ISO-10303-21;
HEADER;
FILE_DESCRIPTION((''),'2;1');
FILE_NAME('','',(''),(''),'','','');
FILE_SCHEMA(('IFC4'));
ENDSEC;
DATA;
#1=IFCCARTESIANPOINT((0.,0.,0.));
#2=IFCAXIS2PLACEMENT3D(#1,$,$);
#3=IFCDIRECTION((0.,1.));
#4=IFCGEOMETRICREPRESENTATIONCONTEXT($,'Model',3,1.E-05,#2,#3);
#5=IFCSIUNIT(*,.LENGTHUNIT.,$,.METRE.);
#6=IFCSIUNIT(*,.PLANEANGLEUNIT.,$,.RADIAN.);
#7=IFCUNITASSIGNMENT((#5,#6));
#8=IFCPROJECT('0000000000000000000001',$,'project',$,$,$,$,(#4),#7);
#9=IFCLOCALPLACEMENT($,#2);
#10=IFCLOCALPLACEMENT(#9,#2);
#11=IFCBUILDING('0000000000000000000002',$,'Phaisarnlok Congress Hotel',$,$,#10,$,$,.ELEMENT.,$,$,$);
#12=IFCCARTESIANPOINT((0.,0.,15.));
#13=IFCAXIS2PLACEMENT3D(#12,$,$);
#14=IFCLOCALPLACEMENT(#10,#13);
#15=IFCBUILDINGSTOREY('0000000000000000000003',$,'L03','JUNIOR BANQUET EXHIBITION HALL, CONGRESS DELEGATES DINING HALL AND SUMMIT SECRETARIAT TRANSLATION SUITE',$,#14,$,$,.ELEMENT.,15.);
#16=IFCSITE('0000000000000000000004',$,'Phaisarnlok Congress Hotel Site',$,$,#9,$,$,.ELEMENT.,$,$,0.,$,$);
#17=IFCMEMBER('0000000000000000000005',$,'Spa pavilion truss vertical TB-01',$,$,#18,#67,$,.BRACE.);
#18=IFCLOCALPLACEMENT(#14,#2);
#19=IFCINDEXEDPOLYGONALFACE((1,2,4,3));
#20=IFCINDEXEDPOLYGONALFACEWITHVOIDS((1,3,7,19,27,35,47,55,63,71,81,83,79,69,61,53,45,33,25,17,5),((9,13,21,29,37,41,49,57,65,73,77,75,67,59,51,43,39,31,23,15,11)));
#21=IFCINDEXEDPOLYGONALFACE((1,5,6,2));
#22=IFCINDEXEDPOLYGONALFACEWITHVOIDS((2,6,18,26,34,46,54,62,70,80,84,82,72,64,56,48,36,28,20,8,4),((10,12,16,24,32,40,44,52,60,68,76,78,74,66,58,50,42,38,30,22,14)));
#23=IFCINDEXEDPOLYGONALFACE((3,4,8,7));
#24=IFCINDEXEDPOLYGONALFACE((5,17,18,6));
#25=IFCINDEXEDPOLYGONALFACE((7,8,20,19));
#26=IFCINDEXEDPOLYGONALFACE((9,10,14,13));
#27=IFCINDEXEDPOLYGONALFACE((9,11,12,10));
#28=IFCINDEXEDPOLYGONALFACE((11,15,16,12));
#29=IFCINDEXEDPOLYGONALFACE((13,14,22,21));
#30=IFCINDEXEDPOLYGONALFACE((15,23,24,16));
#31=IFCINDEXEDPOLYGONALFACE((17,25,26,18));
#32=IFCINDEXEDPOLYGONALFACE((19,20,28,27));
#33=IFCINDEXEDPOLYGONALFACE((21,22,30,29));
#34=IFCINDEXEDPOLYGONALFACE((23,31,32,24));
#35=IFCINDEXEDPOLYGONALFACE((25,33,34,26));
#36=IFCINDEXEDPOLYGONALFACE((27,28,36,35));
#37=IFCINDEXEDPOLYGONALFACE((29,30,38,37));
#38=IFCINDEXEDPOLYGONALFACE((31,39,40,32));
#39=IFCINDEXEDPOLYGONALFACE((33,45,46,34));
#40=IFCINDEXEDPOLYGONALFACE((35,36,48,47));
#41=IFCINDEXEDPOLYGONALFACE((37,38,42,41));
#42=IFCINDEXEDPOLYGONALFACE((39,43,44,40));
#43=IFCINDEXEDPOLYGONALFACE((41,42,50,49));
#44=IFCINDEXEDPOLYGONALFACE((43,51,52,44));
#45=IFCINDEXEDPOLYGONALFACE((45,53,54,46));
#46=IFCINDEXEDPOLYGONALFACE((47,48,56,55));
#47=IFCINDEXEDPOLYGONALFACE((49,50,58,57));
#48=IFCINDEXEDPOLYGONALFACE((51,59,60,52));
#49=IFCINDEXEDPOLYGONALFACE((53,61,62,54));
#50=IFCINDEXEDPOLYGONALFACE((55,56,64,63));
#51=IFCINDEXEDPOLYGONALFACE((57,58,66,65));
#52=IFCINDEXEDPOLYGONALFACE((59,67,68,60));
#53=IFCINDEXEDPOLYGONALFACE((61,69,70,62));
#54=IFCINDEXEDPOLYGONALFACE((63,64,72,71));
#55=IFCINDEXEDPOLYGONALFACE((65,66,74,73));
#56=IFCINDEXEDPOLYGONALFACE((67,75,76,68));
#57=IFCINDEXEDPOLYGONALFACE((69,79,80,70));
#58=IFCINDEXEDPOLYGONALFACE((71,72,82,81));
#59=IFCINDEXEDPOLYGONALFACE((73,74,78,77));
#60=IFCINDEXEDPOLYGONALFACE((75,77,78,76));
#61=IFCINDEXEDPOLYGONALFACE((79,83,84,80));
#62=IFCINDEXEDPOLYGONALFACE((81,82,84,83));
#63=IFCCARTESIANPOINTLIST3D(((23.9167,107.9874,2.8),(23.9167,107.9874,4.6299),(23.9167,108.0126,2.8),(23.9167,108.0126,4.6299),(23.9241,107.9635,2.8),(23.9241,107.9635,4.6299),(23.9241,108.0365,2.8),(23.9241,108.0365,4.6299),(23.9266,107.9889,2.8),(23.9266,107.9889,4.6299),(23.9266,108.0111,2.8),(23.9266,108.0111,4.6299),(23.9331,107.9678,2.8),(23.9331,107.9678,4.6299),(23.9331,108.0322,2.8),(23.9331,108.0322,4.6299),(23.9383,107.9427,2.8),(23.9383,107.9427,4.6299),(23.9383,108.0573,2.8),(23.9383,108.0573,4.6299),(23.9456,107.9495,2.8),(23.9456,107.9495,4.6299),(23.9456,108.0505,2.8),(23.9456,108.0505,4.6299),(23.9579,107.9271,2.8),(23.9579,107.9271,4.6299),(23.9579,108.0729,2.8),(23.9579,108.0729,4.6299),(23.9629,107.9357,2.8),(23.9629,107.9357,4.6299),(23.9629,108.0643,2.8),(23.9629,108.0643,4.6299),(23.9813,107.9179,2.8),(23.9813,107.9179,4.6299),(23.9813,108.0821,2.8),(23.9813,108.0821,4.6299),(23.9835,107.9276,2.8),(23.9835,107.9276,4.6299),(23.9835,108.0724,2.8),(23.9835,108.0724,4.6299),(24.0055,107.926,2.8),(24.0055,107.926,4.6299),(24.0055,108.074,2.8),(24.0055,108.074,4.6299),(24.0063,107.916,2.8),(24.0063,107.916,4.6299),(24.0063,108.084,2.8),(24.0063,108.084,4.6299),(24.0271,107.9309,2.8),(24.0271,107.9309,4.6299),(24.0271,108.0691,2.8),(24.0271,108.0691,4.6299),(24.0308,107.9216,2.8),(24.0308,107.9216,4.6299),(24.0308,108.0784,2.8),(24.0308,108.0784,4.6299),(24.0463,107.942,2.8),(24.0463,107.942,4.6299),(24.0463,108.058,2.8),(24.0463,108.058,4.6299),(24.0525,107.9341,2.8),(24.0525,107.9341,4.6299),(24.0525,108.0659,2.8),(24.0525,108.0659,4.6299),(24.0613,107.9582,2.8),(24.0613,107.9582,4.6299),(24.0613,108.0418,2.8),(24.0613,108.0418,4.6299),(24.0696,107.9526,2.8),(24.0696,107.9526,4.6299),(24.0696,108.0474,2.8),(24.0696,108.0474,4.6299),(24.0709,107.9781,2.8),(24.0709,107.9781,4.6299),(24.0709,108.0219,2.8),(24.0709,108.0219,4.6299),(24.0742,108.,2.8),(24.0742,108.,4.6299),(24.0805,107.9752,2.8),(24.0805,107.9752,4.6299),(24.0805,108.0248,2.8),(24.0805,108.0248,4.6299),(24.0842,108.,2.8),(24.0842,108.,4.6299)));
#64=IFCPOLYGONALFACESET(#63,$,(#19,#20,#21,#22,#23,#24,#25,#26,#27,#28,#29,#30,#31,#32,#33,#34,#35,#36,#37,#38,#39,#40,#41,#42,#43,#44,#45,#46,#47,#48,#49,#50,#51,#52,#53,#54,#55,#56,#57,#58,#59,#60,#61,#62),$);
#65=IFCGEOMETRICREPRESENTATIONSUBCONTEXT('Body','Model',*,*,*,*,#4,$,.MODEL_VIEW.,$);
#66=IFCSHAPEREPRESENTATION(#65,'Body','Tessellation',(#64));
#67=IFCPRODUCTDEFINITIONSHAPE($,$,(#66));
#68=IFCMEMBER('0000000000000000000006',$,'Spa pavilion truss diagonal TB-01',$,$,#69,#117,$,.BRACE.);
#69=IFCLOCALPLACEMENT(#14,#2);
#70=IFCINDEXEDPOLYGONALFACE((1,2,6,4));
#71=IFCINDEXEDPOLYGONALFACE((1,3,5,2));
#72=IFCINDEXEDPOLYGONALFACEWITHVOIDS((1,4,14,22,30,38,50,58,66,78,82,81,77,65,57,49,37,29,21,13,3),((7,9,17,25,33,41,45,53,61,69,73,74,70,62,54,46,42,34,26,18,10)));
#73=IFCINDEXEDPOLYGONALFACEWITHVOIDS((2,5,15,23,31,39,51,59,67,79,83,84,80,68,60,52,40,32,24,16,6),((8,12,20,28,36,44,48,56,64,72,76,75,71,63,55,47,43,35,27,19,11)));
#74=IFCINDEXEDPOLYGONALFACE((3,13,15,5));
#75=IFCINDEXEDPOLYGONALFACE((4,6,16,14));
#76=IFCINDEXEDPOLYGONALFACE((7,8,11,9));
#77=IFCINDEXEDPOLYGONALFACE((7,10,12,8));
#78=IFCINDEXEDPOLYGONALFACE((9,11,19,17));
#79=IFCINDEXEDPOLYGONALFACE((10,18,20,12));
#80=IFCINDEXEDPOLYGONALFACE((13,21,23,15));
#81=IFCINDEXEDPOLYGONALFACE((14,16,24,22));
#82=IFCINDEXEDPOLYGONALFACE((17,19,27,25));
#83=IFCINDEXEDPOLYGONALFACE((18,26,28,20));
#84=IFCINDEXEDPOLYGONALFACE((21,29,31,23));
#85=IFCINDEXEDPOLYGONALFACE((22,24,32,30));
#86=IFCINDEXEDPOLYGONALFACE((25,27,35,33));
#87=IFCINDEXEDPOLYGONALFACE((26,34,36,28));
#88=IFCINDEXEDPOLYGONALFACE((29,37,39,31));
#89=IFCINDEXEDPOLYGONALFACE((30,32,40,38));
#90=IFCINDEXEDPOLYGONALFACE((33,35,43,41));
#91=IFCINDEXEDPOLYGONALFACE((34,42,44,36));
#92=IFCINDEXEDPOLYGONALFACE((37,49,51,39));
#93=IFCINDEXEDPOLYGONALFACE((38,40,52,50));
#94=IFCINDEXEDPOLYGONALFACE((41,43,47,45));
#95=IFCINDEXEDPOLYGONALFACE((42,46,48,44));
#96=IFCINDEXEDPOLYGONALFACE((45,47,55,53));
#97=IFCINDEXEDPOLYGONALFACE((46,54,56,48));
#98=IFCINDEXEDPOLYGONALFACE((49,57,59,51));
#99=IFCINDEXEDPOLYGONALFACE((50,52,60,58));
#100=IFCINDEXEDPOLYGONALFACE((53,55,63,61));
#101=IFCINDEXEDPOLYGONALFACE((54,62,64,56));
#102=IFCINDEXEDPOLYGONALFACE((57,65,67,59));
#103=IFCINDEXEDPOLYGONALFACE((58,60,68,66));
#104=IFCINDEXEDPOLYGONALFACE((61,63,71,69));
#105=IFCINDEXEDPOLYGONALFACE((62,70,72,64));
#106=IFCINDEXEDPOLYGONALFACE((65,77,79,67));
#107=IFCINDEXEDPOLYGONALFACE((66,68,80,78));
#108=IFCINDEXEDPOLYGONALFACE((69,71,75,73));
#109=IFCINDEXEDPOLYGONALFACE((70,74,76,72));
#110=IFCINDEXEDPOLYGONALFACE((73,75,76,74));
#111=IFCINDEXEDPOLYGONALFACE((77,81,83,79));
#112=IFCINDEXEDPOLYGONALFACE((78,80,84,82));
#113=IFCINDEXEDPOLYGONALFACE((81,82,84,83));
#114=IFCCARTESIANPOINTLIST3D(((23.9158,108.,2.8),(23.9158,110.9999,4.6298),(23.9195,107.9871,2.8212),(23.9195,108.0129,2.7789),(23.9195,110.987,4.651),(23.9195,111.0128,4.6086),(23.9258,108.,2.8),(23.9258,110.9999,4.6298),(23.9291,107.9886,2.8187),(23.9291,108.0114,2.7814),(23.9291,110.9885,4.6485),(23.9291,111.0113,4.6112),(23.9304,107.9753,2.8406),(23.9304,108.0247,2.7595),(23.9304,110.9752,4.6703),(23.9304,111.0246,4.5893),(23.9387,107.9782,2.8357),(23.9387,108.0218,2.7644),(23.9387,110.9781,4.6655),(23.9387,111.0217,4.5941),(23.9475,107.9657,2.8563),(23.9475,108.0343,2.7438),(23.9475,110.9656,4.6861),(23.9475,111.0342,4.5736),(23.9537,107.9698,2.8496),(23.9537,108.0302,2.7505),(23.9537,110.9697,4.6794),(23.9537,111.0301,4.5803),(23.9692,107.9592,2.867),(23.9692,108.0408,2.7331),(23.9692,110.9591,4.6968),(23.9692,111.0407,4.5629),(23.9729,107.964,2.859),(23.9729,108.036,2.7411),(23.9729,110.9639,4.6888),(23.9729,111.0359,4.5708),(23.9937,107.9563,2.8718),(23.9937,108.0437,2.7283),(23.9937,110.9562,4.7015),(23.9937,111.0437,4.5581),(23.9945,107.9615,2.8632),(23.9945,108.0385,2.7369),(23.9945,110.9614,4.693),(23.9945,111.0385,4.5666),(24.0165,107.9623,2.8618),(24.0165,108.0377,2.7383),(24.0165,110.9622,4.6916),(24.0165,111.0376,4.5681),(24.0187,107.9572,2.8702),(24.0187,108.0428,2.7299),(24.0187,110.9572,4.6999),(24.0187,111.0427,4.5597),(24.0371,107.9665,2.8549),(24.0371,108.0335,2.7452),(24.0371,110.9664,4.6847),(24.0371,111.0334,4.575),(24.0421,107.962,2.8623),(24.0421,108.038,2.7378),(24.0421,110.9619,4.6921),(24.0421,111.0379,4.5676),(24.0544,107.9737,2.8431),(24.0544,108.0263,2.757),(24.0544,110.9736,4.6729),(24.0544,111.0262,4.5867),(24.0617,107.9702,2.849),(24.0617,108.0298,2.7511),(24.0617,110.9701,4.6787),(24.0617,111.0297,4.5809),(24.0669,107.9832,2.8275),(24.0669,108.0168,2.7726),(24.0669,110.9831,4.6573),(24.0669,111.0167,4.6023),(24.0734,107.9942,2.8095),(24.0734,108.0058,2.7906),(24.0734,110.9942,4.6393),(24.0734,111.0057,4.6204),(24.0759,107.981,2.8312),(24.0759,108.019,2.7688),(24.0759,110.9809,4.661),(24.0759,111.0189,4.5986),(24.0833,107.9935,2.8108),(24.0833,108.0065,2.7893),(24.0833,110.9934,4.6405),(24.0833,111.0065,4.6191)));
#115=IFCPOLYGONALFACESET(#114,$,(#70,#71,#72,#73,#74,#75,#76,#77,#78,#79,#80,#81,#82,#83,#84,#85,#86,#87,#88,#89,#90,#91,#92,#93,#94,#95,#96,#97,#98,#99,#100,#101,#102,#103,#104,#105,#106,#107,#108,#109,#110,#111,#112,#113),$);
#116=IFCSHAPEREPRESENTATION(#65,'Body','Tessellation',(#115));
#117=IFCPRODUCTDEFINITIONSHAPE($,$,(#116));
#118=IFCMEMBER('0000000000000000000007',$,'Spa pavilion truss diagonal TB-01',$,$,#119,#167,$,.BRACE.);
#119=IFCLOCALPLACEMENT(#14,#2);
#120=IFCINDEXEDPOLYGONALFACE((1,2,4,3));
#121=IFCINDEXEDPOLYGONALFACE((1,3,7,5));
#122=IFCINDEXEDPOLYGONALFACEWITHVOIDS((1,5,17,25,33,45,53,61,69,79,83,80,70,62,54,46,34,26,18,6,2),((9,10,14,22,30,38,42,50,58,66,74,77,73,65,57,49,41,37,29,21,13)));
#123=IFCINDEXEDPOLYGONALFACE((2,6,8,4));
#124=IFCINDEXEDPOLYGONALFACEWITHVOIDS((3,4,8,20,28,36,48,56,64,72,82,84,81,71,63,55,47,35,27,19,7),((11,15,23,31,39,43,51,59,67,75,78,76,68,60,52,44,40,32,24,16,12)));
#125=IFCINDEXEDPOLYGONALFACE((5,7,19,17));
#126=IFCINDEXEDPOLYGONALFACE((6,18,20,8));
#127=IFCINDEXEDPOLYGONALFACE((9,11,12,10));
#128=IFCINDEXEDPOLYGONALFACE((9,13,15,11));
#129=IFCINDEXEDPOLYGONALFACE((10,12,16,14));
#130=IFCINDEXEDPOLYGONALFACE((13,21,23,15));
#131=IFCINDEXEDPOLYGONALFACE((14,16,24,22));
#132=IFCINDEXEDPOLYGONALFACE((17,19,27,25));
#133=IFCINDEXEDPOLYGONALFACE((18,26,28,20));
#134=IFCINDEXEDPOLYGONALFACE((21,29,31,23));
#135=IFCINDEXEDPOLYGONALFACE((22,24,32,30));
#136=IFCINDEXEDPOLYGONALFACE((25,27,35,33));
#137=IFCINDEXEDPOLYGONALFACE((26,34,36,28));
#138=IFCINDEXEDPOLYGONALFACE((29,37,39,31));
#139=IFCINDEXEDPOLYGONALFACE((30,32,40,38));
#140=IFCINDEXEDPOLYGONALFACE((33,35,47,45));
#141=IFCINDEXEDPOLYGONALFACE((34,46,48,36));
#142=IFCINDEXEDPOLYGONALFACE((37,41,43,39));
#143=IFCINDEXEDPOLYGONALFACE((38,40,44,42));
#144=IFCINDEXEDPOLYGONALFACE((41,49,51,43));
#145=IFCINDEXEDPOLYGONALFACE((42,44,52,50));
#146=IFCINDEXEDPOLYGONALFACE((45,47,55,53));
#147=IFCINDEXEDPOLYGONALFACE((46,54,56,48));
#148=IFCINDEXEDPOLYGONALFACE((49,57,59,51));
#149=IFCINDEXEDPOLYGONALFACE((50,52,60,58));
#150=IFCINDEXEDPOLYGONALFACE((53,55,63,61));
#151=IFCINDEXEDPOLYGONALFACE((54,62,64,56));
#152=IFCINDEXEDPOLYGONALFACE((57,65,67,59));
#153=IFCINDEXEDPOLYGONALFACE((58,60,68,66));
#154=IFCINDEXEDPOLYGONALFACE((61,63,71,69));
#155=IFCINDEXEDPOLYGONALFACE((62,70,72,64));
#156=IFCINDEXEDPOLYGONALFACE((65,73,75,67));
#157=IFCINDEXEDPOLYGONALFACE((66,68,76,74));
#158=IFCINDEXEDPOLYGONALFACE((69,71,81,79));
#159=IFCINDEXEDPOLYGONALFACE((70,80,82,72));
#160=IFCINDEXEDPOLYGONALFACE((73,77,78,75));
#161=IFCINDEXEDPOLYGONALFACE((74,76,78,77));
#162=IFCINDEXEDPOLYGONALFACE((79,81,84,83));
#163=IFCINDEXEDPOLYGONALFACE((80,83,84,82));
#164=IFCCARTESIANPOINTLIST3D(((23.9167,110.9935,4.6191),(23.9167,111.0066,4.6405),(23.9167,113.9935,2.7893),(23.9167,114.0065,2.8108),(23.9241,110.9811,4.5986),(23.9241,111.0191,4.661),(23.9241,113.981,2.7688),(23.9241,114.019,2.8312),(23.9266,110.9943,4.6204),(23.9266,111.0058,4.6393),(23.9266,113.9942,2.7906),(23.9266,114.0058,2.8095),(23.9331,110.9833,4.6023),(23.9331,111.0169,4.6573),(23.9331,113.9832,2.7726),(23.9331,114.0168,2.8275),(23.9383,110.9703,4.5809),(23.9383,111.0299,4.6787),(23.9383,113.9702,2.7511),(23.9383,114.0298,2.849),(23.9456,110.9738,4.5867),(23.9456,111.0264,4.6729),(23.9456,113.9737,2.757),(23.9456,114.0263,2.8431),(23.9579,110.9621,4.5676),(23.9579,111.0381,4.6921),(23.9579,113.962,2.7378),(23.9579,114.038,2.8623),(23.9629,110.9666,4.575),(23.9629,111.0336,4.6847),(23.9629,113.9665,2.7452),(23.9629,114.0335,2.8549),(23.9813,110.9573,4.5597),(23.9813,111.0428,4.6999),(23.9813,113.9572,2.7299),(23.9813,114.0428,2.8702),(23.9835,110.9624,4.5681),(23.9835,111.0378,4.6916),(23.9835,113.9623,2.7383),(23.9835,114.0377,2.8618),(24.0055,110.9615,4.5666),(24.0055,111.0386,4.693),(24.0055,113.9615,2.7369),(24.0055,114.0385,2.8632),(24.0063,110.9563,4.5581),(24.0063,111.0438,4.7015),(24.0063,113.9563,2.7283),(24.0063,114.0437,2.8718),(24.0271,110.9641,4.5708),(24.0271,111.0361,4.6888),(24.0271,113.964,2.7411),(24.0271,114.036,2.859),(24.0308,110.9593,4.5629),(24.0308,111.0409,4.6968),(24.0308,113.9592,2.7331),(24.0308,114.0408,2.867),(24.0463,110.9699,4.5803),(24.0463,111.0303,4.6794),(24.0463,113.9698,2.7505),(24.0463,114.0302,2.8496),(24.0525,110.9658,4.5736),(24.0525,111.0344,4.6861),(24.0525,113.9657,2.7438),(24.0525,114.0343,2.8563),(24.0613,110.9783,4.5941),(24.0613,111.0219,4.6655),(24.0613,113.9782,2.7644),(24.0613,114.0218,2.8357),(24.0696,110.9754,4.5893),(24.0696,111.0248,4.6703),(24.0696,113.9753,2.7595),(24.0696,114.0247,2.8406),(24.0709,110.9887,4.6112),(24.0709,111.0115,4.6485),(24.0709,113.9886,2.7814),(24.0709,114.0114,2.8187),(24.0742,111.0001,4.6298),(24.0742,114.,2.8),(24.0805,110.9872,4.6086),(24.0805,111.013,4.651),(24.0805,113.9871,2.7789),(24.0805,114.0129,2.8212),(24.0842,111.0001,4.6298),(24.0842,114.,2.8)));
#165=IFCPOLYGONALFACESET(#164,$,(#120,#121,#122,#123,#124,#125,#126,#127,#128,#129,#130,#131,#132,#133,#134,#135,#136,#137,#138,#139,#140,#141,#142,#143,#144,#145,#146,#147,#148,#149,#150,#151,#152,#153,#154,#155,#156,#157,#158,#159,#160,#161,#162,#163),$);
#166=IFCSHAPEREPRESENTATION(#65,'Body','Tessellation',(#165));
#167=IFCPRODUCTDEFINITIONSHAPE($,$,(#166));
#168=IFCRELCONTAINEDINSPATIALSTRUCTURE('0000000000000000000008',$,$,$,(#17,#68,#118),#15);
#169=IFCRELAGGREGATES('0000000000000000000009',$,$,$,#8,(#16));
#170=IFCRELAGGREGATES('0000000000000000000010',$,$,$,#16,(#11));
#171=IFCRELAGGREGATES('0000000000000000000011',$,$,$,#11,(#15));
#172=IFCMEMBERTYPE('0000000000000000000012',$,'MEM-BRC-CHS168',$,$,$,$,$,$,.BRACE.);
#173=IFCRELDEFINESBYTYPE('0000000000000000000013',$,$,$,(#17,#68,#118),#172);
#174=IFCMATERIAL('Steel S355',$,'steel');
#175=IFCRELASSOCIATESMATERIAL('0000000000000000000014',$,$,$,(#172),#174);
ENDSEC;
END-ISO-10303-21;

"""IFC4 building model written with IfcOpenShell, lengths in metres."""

from ifc_helpers import new_model, si_unit, direction, frame, origin, origin_2d, place, context, subcontext, project, spatial, hollow_circle, extrude, material, material_profile, profile_set, type_object, element, save


model = new_model("IFC4")

# Units and contexts
model_context = context("Model", 3, precision=1e-05, world=origin(), true_north=direction((0.0, 1.0)))
body_context = subcontext(model_context, "Body", "Model", "MODEL_VIEW")
ifc_project = project(units=[si_unit("LENGTHUNIT", "METRE"), si_unit("PLANEANGLEUNIT", "RADIAN")], contexts=[model_context])

# Site, building, storey
site_placement = place(None, origin())
site = spatial("IfcSite", under=ifc_project, at=site_placement, Name="Phaisarnlok Congress Hotel Site", CompositionType="ELEMENT", RefElevation=0.0)
building_placement = place(site_placement, origin())
building = spatial("IfcBuilding", under=site, at=building_placement, Name="Phaisarnlok Congress Hotel", CompositionType="ELEMENT")
storey_placement = place(building_placement, frame((0.0, 0.0, 15.0)))
storey = spatial("IfcBuildingStorey", under=building, at=storey_placement, Name="L03", Description="JUNIOR BANQUET EXHIBITION HALL, CONGRESS DELEGATES DINING HALL AND SUMMIT SECRETARIAT TRANSLATION SUITE", CompositionType="ELEMENT", Elevation=15.0)

# Members
ifc_material_1 = material(Name="Steel S355", Category="steel")
ifc_material_profile_1 = material_profile(ifc_material_1, hollow_circle(Radius=0.0842, WallThickness=0.01, at=origin_2d()), Name="CHS 168.3x10")
ifc_profile_set_1 = profile_set([ifc_material_profile_1], Name="Steel S355")
member_type_1 = type_object("IfcMemberType", Name="MEM-BRC-CHS168", PredefinedType="BRACE", material=ifc_profile_set_1)
member_1_placement = place(storey_placement, frame((24.0, 108.0, 2.8), z_axis=(0.0, 0.0, 1.0), x_axis=(1.0, 0.0, 0.0)))
element("IfcMember", 1, at=member_1_placement, inside=storey, type_object=member_type_1, Name="Spa pavilion truss vertical TB-01", PredefinedType="BRACE", context=body_context, shape_type="SweptSolid", body=[
    extrude(hollow_circle(Radius=0.0842, WallThickness=0.01, at=origin_2d()), origin(), (0.0, 0.0, 1.0), 1.8298),
])
for number, where, z_axis, x_axis, name in (
    (2, (24.0, 108.0, 2.8), (0.0, 0.853725, 0.520725), (-1.0, 0.0, 0.0), "Spa pavilion truss diagonal TB-01"),
    (3, (24.0, 114.0, 2.8), (0.0, -0.853725, 0.520725), (1.0, 0.0, 0.0), "Spa pavilion truss diagonal TB-01"),
):
    element("IfcMember", number, at=place(storey_placement, frame(where, z_axis=z_axis, x_axis=x_axis)), inside=storey, type_object=member_type_1, Name=name, PredefinedType="BRACE", context=body_context, shape_type="SweptSolid", body=[
        extrude(hollow_circle(Radius=0.0842, WallThickness=0.01, at=origin_2d()), origin(), (0.0, 0.0, 1.0), 3.5139),
    ])

save(model, "model.ifc")
